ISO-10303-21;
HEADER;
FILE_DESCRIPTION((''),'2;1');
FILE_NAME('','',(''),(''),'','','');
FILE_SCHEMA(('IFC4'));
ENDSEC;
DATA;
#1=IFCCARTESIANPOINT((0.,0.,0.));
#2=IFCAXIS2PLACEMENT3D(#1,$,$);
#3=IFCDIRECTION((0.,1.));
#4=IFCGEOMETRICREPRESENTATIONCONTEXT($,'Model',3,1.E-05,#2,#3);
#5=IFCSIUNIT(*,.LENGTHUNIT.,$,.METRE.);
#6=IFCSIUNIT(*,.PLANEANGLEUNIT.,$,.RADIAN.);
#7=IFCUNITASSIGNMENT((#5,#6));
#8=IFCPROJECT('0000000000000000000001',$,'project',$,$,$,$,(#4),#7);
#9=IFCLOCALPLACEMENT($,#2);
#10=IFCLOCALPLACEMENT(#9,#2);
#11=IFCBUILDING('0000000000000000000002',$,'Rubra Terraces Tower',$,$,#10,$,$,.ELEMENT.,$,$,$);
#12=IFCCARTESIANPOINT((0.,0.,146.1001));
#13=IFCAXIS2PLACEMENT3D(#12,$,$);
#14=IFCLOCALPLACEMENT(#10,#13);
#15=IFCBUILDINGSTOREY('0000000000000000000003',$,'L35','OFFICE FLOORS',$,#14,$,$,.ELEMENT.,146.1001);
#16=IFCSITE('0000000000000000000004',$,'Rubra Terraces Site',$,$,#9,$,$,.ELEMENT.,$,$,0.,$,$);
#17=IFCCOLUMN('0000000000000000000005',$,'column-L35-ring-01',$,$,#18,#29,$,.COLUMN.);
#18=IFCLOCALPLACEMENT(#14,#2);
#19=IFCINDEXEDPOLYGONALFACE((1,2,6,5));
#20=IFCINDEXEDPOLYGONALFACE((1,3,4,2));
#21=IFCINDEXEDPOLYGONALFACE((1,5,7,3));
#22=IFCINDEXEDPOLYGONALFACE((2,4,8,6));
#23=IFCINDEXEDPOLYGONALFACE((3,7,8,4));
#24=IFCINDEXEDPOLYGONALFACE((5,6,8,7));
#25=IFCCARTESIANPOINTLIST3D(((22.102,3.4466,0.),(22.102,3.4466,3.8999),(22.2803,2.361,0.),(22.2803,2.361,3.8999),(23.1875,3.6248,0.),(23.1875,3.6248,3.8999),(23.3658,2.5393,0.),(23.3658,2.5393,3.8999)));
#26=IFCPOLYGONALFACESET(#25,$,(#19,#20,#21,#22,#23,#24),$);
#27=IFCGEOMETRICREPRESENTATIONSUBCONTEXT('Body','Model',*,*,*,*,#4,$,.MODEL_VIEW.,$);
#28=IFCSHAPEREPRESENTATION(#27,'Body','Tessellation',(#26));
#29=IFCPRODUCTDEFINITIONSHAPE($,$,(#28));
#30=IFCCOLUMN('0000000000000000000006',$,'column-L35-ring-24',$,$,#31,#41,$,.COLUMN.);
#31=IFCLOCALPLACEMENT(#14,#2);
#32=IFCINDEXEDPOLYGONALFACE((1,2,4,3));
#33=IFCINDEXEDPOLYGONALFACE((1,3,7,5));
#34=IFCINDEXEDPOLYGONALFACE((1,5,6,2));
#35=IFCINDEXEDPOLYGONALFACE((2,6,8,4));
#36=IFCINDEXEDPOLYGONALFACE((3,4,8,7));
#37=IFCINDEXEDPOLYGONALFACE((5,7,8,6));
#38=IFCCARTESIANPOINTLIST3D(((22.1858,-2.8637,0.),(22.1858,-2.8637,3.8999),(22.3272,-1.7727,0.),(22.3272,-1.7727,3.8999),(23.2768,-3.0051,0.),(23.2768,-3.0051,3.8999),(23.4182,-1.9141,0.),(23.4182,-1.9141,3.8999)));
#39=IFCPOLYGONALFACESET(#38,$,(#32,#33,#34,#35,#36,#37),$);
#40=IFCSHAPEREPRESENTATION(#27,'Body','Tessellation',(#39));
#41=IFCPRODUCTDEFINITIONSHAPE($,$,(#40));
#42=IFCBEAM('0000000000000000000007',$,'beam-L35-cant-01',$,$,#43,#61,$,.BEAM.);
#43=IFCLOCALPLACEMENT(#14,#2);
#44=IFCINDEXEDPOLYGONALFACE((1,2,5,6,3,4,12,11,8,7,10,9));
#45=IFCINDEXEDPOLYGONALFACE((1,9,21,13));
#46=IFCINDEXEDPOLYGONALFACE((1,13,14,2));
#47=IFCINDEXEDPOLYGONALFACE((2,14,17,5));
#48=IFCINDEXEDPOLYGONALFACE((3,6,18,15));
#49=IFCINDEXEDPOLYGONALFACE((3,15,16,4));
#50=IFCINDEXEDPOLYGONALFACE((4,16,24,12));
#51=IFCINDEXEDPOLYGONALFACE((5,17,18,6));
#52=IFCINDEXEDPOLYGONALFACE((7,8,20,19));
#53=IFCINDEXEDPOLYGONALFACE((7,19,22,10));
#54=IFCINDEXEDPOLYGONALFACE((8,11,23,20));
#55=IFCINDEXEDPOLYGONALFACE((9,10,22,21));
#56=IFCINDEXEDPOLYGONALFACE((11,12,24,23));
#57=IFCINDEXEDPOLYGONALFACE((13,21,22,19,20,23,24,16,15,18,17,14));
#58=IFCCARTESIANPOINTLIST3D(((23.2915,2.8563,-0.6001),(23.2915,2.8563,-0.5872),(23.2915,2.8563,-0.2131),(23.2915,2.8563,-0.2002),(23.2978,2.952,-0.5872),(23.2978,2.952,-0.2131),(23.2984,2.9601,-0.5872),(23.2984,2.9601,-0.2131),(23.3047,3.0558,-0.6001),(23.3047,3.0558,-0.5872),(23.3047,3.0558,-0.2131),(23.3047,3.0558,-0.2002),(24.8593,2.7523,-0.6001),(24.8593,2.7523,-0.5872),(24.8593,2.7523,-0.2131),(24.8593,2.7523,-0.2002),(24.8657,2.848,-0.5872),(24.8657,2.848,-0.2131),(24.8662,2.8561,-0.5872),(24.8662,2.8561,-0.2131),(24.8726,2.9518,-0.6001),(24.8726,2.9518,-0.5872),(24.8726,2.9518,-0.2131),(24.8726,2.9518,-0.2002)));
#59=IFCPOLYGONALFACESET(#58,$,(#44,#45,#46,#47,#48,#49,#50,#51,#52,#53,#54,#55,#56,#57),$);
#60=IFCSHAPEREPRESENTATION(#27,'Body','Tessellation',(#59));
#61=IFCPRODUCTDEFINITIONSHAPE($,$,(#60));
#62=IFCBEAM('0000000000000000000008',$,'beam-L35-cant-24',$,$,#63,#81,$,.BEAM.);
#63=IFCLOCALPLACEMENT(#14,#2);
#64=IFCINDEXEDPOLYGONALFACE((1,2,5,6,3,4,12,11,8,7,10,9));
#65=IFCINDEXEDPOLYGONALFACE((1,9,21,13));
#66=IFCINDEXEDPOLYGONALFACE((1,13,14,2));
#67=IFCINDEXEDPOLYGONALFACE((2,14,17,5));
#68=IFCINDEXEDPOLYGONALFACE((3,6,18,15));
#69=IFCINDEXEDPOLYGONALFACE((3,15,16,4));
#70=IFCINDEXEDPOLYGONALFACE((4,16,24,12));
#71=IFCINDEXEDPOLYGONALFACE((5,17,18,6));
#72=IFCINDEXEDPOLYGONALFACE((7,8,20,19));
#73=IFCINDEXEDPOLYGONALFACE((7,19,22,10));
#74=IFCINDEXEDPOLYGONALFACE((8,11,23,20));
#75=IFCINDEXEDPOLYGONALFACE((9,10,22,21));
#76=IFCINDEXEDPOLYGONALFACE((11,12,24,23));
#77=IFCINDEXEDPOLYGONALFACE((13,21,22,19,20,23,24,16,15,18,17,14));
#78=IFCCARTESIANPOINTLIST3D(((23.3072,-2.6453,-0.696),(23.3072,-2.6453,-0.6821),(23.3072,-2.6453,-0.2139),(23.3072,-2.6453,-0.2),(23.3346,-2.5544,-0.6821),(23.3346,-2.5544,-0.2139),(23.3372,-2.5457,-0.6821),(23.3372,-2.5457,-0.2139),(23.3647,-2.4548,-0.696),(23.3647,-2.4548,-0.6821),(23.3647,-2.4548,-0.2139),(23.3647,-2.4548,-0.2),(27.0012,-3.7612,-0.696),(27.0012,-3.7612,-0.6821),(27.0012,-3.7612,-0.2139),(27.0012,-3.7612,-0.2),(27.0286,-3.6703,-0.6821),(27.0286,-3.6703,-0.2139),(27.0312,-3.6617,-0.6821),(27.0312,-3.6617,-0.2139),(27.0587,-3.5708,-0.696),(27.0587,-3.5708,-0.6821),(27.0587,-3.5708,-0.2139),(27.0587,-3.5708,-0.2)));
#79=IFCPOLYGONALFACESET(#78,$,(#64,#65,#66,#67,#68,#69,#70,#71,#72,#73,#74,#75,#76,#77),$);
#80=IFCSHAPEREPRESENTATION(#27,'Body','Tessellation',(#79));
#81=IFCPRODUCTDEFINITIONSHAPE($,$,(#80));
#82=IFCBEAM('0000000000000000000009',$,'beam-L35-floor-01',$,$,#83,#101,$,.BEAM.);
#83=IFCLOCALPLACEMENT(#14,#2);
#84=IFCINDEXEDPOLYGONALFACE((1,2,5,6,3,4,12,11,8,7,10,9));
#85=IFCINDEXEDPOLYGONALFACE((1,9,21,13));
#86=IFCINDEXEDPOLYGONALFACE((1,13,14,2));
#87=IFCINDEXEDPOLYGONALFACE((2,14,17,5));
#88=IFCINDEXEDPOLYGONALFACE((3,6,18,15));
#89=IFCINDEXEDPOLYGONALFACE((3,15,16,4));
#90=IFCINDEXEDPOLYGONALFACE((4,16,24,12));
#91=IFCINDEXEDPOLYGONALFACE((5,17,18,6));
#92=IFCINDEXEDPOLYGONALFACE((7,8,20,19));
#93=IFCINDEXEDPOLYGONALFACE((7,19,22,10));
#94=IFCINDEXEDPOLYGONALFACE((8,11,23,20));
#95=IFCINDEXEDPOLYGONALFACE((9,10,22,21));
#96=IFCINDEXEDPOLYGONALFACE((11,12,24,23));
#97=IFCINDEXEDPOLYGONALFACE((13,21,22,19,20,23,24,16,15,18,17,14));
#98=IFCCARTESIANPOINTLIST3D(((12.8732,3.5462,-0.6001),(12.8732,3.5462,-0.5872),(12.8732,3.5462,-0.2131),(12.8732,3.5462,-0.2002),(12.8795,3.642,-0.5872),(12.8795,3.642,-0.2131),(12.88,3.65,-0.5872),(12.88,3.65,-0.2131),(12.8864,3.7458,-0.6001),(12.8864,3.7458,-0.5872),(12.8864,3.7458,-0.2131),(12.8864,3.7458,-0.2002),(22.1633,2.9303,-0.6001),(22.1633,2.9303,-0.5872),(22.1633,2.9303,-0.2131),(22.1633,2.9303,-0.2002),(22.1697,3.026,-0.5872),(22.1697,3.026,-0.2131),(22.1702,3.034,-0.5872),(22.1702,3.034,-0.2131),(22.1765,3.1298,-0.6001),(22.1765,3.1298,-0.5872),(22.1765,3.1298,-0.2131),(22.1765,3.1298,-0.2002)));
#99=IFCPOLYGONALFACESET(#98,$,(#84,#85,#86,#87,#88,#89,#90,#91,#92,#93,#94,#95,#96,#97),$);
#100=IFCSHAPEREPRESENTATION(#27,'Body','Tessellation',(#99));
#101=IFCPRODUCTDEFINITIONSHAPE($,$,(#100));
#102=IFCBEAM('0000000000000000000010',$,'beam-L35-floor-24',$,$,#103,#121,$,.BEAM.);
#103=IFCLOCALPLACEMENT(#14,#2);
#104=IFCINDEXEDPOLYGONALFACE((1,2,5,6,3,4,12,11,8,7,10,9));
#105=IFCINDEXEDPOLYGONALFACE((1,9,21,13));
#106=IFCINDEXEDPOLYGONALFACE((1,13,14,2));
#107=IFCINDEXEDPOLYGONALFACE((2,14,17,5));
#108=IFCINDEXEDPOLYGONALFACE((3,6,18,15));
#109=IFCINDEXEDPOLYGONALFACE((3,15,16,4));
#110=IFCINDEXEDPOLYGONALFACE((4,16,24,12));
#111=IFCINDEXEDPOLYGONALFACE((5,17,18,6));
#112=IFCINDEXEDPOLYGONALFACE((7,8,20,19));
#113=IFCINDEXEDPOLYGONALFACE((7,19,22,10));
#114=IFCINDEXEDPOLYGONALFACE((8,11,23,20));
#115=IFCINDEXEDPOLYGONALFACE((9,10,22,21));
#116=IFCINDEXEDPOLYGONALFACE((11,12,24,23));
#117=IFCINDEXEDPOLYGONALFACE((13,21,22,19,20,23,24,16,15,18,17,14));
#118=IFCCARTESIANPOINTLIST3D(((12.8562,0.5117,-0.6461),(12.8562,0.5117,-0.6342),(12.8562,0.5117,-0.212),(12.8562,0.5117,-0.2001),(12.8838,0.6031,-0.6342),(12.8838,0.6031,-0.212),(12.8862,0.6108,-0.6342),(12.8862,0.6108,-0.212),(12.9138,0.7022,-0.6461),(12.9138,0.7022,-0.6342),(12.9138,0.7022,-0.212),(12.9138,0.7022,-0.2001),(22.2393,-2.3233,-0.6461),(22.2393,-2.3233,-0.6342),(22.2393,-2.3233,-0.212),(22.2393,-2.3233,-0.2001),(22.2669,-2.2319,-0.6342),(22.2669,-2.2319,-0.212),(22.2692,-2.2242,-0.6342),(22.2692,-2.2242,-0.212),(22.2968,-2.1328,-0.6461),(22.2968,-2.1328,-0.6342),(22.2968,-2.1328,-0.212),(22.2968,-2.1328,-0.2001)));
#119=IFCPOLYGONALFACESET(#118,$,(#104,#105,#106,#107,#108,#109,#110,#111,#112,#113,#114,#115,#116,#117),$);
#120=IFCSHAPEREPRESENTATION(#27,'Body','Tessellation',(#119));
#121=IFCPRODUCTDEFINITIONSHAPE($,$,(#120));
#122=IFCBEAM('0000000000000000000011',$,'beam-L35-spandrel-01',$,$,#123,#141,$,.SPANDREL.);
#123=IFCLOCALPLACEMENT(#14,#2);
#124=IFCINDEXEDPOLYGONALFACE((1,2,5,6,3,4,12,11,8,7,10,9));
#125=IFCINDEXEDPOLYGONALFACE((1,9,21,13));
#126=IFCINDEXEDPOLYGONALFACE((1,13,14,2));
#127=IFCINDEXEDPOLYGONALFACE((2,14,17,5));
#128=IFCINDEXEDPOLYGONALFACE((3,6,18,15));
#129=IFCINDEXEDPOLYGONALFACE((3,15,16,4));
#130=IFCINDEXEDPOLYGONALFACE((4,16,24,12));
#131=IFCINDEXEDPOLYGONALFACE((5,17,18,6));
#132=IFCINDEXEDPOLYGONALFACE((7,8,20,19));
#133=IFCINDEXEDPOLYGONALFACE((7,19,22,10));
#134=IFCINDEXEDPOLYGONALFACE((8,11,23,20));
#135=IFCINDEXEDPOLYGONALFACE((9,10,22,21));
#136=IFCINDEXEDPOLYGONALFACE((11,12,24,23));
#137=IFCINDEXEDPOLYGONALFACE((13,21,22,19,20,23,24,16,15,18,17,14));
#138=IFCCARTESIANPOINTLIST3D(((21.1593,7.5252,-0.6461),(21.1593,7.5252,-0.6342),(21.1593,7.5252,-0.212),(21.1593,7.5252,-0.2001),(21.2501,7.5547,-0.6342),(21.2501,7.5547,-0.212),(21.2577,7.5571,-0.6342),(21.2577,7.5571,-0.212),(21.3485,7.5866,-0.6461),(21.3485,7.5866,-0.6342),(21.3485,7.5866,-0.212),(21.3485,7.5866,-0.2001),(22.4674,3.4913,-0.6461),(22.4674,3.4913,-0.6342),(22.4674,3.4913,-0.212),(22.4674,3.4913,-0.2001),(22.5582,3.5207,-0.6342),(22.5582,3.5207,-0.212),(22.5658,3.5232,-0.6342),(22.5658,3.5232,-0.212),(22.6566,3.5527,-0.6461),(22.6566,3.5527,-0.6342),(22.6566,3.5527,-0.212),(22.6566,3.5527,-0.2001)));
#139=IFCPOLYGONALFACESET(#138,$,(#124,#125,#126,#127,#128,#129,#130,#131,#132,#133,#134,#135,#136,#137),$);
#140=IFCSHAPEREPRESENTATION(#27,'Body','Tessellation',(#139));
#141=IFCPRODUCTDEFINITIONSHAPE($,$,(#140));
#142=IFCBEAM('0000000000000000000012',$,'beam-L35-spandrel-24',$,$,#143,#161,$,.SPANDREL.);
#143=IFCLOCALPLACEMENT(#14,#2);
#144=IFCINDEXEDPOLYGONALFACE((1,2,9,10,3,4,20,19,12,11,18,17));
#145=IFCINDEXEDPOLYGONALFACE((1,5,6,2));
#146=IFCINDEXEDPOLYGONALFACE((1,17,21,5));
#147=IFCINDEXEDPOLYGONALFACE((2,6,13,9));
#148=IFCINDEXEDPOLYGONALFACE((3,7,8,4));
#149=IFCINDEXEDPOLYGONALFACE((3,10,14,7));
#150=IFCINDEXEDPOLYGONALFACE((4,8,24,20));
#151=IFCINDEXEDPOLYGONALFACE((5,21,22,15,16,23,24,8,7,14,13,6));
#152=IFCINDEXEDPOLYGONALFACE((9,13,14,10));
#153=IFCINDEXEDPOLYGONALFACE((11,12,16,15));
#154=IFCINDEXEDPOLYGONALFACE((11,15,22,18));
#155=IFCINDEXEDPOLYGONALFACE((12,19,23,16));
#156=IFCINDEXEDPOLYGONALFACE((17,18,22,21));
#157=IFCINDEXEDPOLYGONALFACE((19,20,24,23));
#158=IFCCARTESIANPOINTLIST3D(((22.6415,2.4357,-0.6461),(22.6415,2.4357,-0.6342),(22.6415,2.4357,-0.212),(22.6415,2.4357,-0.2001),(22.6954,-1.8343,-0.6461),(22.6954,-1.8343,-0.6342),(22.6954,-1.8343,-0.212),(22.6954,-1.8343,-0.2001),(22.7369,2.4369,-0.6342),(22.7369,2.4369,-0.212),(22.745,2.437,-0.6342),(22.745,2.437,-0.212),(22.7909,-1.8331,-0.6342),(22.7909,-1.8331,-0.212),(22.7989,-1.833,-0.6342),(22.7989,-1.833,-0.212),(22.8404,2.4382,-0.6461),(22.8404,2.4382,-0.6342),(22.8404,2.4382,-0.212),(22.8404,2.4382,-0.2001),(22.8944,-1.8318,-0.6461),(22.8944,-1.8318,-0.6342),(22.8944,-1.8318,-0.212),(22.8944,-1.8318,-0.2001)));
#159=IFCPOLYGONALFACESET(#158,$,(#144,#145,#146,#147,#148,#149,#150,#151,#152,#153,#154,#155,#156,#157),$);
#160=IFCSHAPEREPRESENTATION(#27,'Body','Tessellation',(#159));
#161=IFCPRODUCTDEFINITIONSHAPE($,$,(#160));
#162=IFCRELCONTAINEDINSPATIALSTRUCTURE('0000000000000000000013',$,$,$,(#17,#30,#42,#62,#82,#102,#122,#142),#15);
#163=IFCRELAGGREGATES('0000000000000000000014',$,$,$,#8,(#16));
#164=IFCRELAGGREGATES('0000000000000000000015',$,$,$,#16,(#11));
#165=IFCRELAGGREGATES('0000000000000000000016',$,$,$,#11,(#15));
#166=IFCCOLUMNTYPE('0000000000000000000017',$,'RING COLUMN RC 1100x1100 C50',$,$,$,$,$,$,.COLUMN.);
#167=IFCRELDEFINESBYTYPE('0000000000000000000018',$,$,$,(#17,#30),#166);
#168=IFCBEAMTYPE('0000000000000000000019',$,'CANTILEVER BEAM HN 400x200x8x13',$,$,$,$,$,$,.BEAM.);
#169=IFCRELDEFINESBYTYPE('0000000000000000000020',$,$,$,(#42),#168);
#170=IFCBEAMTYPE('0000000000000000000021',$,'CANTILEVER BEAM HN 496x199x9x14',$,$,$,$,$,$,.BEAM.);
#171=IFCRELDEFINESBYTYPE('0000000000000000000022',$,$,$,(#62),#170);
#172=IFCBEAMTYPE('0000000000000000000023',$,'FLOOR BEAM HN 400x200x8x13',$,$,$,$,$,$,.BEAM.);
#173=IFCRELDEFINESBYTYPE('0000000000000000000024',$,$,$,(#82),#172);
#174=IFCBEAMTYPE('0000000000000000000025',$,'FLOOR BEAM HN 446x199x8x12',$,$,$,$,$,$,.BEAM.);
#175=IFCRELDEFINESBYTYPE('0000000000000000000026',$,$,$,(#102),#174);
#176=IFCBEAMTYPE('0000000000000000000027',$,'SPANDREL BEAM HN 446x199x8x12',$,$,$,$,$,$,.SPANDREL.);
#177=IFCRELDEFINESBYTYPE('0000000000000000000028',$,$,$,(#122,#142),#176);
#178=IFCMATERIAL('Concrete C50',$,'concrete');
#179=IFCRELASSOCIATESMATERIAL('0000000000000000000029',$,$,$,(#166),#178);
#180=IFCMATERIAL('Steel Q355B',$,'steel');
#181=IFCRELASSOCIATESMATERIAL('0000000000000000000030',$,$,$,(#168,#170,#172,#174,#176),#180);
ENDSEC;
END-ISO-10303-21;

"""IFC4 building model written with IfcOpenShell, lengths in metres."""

from ifc_helpers import new_model, si_unit, direction, frame, origin, origin_2d, place, context, subcontext, project, spatial, rectangle, i_section, extrude, material, material_profile, profile_set, type_object, element, save


model = new_model("IFC4")

# Units and contexts
model_context = context("Model", 3, precision=1e-05, world=origin(), true_north=direction((0.0, 1.0)))
body_context = subcontext(model_context, "Body", "Model", "MODEL_VIEW")
ifc_project = project(units=[si_unit("LENGTHUNIT", "METRE"), si_unit("PLANEANGLEUNIT", "RADIAN")], contexts=[model_context])

# Site, building, storey
site_placement = place(None, origin())
site = spatial("IfcSite", under=ifc_project, at=site_placement, Name="Rubra Terraces Site", CompositionType="ELEMENT", RefElevation=0.0)
building_placement = place(site_placement, origin())
building = spatial("IfcBuilding", under=site, at=building_placement, Name="Rubra Terraces Tower", CompositionType="ELEMENT")
storey_placement = place(building_placement, frame((0.0, 0.0, 146.1001)))
storey = spatial("IfcBuildingStorey", under=building, at=storey_placement, Name="L35", Description="OFFICE FLOORS", CompositionType="ELEMENT", Elevation=146.1001)

# Columns
ifc_material_1 = material(Name="Concrete C50", Category="concrete")
ifc_material_profile_1 = material_profile(ifc_material_1, rectangle(XDim=1.1001, YDim=1.1001, at=origin_2d()), Name="RC 1100x1100")
ifc_profile_set_1 = profile_set([ifc_material_profile_1], Name="Concrete C50")
column_type = type_object("IfcColumnType", Name="RING COLUMN RC 1100x1100 C50", PredefinedType="COLUMN", material=ifc_profile_set_1)
for number, where, z_axis, x_axis, name in (
    (1, (22.7339, 2.9929, 0.0), (0.0, 0.0, 1.0), (-0.162062, 0.986781, 0.0), "column-L35-ring-01"),
    (2, (22.802, -2.3889, 0.0), (0.0, 0.0, 1.0), (0.128535, 0.991705, 0.0), "column-L35-ring-24"),
):
    element("IfcColumn", number, at=place(storey_placement, frame(where, z_axis=z_axis, x_axis=x_axis)), inside=storey, type_object=column_type, Name=name, PredefinedType="COLUMN", context=body_context, shape_type="SweptSolid", body=[
        extrude(rectangle(XDim=1.1001, YDim=1.1001, at=origin_2d()), origin(), (0.0, 0.0, 1.0), 3.8999),
    ])

# Beams
ifc_material_2 = material(Name="Steel Q355B", Category="steel")
ifc_material_profile_2 = material_profile(ifc_material_2, i_section(OverallWidth=0.2, OverallDepth=0.3999, WebThickness=0.0081, FlangeThickness=0.0129, at=origin_2d()), Name="HN 400x200x8x13")
ifc_profile_set_2 = profile_set([ifc_material_profile_2], Name="Steel Q355B")
beam_type_1 = type_object("IfcBeamType", Name="CANTILEVER BEAM HN 400x200x8x13", PredefinedType="BEAM", material=ifc_profile_set_2)
beam_1_placement = place(storey_placement, frame((23.2981, 2.9561, -0.4001), z_axis=(0.997807, -0.066189, 0.0), x_axis=(0.066189, 0.997807, 0.0)))
element("IfcBeam", 3, at=beam_1_placement, inside=storey, type_object=beam_type_1, Name="beam-L35-cant-01", PredefinedType="BEAM", context=body_context, shape_type="SweptSolid", body=[
    extrude(i_section(OverallWidth=0.2, OverallDepth=0.3999, WebThickness=0.0081, FlangeThickness=0.0129, at=origin_2d()), origin(), (0.0, 0.0, 1.0), 1.5713),
])
ifc_material_profile_3 = material_profile(ifc_material_2, i_section(OverallWidth=0.199, OverallDepth=0.4961, WebThickness=0.009, FlangeThickness=0.0139, at=origin_2d()), Name="HN 496x199x9x14")
ifc_profile_set_3 = profile_set([ifc_material_profile_3], Name="Steel Q355B")
beam_type_2 = type_object("IfcBeamType", Name="CANTILEVER BEAM HN 496x199x9x14", PredefinedType="BEAM", material=ifc_profile_set_3)
beam_2_placement = place(storey_placement, frame((23.3359, -2.55, -0.448), z_axis=(0.957273, -0.289187, 0.0), x_axis=(0.289187, 0.957273, 0.0)))
element("IfcBeam", 4, at=beam_2_placement, inside=storey, type_object=beam_type_2, Name="beam-L35-cant-24", PredefinedType="BEAM", context=body_context, shape_type="SweptSolid", body=[
    extrude(i_section(OverallWidth=0.199, OverallDepth=0.4961, WebThickness=0.009, FlangeThickness=0.0139, at=origin_2d()), origin(), (0.0, 0.0, 1.0), 3.8589),
])
ifc_material_profile_4 = material_profile(ifc_material_2, i_section(OverallWidth=0.2, OverallDepth=0.3999, WebThickness=0.0081, FlangeThickness=0.0129, at=origin_2d()), Name="HN 400x200x8x13")
ifc_profile_set_4 = profile_set([ifc_material_profile_4], Name="Steel Q355B")
beam_type_3 = type_object("IfcBeamType", Name="FLOOR BEAM HN 400x200x8x13", PredefinedType="BEAM", material=ifc_profile_set_4)
beam_3_placement = place(storey_placement, frame((22.1699, 3.03, -0.4001), z_axis=(-0.997809, 0.066159, 0.0), x_axis=(-0.066159, -0.997809, 0.0)))
element("IfcBeam", 5, at=beam_3_placement, inside=storey, type_object=beam_type_3, Name="beam-L35-floor-01", PredefinedType="BEAM", context=body_context, shape_type="SweptSolid", body=[
    extrude(i_section(OverallWidth=0.2, OverallDepth=0.3999, WebThickness=0.0081, FlangeThickness=0.0129, at=origin_2d()), origin(), (0.0, 0.0, 1.0), 9.3105),
])
ifc_material_profile_5 = material_profile(ifc_material_2, i_section(OverallWidth=0.199, OverallDepth=0.446, WebThickness=0.0081, FlangeThickness=0.012, at=origin_2d()), Name="HN 446x199x8x12")
ifc_profile_set_5 = profile_set([ifc_material_profile_5], Name="Steel Q355B")
beam_type_4 = type_object("IfcBeamType", Name="FLOOR BEAM HN 446x199x8x12", PredefinedType="BEAM", material=ifc_profile_set_5)
beam_4_placement = place(storey_placement, frame((22.2681, -2.228, -0.4231), z_axis=(-0.957262, 0.289223, 0.0), x_axis=(-0.289223, -0.957262, 0.0)))
element("IfcBeam", 6, at=beam_4_placement, inside=storey, type_object=beam_type_4, Name="beam-L35-floor-24", PredefinedType="BEAM", context=body_context, shape_type="SweptSolid", body=[
    extrude(i_section(OverallWidth=0.199, OverallDepth=0.446, WebThickness=0.0081, FlangeThickness=0.012, at=origin_2d()), origin(), (0.0, 0.0, 1.0), 9.802),
])
ifc_material_profile_6 = material_profile(ifc_material_2, i_section(OverallWidth=0.199, OverallDepth=0.446, WebThickness=0.0081, FlangeThickness=0.012, at=origin_2d()), Name="HN 446x199x8x12")
ifc_profile_set_6 = profile_set([ifc_material_profile_6], Name="Steel Q355B")
beam_type_5 = type_object("IfcBeamType", Name="SPANDREL BEAM HN 446x199x8x12", PredefinedType="SPANDREL", material=ifc_profile_set_6)
beam_5_placement = place(storey_placement, frame((22.562, 3.522, -0.4231), z_axis=(-0.308462, 0.951237, 0.0), x_axis=(-0.951237, -0.308462, 0.0)))
element("IfcBeam", 7, at=beam_5_placement, inside=storey, type_object=beam_type_5, Name="beam-L35-spandrel-01", PredefinedType="SPANDREL", context=body_context, shape_type="SweptSolid", body=[
    extrude(i_section(OverallWidth=0.199, OverallDepth=0.446, WebThickness=0.0081, FlangeThickness=0.012, at=origin_2d()), origin(), (0.0, 0.0, 1.0), 4.2407),
])
beam_6_placement = place(storey_placement, frame((22.7949, -1.833, -0.4231), z_axis=(-0.012635, 0.99992, 0.0), x_axis=(-0.99992, -0.012635, 0.0)))
element("IfcBeam", 8, at=beam_6_placement, inside=storey, type_object=beam_type_5, Name="beam-L35-spandrel-24", PredefinedType="SPANDREL", context=body_context, shape_type="SweptSolid", body=[
    extrude(i_section(OverallWidth=0.199, OverallDepth=0.446, WebThickness=0.0081, FlangeThickness=0.012, at=origin_2d()), origin(), (0.0, 0.0, 1.0), 4.2703),
])

save(model, "model.ifc")
